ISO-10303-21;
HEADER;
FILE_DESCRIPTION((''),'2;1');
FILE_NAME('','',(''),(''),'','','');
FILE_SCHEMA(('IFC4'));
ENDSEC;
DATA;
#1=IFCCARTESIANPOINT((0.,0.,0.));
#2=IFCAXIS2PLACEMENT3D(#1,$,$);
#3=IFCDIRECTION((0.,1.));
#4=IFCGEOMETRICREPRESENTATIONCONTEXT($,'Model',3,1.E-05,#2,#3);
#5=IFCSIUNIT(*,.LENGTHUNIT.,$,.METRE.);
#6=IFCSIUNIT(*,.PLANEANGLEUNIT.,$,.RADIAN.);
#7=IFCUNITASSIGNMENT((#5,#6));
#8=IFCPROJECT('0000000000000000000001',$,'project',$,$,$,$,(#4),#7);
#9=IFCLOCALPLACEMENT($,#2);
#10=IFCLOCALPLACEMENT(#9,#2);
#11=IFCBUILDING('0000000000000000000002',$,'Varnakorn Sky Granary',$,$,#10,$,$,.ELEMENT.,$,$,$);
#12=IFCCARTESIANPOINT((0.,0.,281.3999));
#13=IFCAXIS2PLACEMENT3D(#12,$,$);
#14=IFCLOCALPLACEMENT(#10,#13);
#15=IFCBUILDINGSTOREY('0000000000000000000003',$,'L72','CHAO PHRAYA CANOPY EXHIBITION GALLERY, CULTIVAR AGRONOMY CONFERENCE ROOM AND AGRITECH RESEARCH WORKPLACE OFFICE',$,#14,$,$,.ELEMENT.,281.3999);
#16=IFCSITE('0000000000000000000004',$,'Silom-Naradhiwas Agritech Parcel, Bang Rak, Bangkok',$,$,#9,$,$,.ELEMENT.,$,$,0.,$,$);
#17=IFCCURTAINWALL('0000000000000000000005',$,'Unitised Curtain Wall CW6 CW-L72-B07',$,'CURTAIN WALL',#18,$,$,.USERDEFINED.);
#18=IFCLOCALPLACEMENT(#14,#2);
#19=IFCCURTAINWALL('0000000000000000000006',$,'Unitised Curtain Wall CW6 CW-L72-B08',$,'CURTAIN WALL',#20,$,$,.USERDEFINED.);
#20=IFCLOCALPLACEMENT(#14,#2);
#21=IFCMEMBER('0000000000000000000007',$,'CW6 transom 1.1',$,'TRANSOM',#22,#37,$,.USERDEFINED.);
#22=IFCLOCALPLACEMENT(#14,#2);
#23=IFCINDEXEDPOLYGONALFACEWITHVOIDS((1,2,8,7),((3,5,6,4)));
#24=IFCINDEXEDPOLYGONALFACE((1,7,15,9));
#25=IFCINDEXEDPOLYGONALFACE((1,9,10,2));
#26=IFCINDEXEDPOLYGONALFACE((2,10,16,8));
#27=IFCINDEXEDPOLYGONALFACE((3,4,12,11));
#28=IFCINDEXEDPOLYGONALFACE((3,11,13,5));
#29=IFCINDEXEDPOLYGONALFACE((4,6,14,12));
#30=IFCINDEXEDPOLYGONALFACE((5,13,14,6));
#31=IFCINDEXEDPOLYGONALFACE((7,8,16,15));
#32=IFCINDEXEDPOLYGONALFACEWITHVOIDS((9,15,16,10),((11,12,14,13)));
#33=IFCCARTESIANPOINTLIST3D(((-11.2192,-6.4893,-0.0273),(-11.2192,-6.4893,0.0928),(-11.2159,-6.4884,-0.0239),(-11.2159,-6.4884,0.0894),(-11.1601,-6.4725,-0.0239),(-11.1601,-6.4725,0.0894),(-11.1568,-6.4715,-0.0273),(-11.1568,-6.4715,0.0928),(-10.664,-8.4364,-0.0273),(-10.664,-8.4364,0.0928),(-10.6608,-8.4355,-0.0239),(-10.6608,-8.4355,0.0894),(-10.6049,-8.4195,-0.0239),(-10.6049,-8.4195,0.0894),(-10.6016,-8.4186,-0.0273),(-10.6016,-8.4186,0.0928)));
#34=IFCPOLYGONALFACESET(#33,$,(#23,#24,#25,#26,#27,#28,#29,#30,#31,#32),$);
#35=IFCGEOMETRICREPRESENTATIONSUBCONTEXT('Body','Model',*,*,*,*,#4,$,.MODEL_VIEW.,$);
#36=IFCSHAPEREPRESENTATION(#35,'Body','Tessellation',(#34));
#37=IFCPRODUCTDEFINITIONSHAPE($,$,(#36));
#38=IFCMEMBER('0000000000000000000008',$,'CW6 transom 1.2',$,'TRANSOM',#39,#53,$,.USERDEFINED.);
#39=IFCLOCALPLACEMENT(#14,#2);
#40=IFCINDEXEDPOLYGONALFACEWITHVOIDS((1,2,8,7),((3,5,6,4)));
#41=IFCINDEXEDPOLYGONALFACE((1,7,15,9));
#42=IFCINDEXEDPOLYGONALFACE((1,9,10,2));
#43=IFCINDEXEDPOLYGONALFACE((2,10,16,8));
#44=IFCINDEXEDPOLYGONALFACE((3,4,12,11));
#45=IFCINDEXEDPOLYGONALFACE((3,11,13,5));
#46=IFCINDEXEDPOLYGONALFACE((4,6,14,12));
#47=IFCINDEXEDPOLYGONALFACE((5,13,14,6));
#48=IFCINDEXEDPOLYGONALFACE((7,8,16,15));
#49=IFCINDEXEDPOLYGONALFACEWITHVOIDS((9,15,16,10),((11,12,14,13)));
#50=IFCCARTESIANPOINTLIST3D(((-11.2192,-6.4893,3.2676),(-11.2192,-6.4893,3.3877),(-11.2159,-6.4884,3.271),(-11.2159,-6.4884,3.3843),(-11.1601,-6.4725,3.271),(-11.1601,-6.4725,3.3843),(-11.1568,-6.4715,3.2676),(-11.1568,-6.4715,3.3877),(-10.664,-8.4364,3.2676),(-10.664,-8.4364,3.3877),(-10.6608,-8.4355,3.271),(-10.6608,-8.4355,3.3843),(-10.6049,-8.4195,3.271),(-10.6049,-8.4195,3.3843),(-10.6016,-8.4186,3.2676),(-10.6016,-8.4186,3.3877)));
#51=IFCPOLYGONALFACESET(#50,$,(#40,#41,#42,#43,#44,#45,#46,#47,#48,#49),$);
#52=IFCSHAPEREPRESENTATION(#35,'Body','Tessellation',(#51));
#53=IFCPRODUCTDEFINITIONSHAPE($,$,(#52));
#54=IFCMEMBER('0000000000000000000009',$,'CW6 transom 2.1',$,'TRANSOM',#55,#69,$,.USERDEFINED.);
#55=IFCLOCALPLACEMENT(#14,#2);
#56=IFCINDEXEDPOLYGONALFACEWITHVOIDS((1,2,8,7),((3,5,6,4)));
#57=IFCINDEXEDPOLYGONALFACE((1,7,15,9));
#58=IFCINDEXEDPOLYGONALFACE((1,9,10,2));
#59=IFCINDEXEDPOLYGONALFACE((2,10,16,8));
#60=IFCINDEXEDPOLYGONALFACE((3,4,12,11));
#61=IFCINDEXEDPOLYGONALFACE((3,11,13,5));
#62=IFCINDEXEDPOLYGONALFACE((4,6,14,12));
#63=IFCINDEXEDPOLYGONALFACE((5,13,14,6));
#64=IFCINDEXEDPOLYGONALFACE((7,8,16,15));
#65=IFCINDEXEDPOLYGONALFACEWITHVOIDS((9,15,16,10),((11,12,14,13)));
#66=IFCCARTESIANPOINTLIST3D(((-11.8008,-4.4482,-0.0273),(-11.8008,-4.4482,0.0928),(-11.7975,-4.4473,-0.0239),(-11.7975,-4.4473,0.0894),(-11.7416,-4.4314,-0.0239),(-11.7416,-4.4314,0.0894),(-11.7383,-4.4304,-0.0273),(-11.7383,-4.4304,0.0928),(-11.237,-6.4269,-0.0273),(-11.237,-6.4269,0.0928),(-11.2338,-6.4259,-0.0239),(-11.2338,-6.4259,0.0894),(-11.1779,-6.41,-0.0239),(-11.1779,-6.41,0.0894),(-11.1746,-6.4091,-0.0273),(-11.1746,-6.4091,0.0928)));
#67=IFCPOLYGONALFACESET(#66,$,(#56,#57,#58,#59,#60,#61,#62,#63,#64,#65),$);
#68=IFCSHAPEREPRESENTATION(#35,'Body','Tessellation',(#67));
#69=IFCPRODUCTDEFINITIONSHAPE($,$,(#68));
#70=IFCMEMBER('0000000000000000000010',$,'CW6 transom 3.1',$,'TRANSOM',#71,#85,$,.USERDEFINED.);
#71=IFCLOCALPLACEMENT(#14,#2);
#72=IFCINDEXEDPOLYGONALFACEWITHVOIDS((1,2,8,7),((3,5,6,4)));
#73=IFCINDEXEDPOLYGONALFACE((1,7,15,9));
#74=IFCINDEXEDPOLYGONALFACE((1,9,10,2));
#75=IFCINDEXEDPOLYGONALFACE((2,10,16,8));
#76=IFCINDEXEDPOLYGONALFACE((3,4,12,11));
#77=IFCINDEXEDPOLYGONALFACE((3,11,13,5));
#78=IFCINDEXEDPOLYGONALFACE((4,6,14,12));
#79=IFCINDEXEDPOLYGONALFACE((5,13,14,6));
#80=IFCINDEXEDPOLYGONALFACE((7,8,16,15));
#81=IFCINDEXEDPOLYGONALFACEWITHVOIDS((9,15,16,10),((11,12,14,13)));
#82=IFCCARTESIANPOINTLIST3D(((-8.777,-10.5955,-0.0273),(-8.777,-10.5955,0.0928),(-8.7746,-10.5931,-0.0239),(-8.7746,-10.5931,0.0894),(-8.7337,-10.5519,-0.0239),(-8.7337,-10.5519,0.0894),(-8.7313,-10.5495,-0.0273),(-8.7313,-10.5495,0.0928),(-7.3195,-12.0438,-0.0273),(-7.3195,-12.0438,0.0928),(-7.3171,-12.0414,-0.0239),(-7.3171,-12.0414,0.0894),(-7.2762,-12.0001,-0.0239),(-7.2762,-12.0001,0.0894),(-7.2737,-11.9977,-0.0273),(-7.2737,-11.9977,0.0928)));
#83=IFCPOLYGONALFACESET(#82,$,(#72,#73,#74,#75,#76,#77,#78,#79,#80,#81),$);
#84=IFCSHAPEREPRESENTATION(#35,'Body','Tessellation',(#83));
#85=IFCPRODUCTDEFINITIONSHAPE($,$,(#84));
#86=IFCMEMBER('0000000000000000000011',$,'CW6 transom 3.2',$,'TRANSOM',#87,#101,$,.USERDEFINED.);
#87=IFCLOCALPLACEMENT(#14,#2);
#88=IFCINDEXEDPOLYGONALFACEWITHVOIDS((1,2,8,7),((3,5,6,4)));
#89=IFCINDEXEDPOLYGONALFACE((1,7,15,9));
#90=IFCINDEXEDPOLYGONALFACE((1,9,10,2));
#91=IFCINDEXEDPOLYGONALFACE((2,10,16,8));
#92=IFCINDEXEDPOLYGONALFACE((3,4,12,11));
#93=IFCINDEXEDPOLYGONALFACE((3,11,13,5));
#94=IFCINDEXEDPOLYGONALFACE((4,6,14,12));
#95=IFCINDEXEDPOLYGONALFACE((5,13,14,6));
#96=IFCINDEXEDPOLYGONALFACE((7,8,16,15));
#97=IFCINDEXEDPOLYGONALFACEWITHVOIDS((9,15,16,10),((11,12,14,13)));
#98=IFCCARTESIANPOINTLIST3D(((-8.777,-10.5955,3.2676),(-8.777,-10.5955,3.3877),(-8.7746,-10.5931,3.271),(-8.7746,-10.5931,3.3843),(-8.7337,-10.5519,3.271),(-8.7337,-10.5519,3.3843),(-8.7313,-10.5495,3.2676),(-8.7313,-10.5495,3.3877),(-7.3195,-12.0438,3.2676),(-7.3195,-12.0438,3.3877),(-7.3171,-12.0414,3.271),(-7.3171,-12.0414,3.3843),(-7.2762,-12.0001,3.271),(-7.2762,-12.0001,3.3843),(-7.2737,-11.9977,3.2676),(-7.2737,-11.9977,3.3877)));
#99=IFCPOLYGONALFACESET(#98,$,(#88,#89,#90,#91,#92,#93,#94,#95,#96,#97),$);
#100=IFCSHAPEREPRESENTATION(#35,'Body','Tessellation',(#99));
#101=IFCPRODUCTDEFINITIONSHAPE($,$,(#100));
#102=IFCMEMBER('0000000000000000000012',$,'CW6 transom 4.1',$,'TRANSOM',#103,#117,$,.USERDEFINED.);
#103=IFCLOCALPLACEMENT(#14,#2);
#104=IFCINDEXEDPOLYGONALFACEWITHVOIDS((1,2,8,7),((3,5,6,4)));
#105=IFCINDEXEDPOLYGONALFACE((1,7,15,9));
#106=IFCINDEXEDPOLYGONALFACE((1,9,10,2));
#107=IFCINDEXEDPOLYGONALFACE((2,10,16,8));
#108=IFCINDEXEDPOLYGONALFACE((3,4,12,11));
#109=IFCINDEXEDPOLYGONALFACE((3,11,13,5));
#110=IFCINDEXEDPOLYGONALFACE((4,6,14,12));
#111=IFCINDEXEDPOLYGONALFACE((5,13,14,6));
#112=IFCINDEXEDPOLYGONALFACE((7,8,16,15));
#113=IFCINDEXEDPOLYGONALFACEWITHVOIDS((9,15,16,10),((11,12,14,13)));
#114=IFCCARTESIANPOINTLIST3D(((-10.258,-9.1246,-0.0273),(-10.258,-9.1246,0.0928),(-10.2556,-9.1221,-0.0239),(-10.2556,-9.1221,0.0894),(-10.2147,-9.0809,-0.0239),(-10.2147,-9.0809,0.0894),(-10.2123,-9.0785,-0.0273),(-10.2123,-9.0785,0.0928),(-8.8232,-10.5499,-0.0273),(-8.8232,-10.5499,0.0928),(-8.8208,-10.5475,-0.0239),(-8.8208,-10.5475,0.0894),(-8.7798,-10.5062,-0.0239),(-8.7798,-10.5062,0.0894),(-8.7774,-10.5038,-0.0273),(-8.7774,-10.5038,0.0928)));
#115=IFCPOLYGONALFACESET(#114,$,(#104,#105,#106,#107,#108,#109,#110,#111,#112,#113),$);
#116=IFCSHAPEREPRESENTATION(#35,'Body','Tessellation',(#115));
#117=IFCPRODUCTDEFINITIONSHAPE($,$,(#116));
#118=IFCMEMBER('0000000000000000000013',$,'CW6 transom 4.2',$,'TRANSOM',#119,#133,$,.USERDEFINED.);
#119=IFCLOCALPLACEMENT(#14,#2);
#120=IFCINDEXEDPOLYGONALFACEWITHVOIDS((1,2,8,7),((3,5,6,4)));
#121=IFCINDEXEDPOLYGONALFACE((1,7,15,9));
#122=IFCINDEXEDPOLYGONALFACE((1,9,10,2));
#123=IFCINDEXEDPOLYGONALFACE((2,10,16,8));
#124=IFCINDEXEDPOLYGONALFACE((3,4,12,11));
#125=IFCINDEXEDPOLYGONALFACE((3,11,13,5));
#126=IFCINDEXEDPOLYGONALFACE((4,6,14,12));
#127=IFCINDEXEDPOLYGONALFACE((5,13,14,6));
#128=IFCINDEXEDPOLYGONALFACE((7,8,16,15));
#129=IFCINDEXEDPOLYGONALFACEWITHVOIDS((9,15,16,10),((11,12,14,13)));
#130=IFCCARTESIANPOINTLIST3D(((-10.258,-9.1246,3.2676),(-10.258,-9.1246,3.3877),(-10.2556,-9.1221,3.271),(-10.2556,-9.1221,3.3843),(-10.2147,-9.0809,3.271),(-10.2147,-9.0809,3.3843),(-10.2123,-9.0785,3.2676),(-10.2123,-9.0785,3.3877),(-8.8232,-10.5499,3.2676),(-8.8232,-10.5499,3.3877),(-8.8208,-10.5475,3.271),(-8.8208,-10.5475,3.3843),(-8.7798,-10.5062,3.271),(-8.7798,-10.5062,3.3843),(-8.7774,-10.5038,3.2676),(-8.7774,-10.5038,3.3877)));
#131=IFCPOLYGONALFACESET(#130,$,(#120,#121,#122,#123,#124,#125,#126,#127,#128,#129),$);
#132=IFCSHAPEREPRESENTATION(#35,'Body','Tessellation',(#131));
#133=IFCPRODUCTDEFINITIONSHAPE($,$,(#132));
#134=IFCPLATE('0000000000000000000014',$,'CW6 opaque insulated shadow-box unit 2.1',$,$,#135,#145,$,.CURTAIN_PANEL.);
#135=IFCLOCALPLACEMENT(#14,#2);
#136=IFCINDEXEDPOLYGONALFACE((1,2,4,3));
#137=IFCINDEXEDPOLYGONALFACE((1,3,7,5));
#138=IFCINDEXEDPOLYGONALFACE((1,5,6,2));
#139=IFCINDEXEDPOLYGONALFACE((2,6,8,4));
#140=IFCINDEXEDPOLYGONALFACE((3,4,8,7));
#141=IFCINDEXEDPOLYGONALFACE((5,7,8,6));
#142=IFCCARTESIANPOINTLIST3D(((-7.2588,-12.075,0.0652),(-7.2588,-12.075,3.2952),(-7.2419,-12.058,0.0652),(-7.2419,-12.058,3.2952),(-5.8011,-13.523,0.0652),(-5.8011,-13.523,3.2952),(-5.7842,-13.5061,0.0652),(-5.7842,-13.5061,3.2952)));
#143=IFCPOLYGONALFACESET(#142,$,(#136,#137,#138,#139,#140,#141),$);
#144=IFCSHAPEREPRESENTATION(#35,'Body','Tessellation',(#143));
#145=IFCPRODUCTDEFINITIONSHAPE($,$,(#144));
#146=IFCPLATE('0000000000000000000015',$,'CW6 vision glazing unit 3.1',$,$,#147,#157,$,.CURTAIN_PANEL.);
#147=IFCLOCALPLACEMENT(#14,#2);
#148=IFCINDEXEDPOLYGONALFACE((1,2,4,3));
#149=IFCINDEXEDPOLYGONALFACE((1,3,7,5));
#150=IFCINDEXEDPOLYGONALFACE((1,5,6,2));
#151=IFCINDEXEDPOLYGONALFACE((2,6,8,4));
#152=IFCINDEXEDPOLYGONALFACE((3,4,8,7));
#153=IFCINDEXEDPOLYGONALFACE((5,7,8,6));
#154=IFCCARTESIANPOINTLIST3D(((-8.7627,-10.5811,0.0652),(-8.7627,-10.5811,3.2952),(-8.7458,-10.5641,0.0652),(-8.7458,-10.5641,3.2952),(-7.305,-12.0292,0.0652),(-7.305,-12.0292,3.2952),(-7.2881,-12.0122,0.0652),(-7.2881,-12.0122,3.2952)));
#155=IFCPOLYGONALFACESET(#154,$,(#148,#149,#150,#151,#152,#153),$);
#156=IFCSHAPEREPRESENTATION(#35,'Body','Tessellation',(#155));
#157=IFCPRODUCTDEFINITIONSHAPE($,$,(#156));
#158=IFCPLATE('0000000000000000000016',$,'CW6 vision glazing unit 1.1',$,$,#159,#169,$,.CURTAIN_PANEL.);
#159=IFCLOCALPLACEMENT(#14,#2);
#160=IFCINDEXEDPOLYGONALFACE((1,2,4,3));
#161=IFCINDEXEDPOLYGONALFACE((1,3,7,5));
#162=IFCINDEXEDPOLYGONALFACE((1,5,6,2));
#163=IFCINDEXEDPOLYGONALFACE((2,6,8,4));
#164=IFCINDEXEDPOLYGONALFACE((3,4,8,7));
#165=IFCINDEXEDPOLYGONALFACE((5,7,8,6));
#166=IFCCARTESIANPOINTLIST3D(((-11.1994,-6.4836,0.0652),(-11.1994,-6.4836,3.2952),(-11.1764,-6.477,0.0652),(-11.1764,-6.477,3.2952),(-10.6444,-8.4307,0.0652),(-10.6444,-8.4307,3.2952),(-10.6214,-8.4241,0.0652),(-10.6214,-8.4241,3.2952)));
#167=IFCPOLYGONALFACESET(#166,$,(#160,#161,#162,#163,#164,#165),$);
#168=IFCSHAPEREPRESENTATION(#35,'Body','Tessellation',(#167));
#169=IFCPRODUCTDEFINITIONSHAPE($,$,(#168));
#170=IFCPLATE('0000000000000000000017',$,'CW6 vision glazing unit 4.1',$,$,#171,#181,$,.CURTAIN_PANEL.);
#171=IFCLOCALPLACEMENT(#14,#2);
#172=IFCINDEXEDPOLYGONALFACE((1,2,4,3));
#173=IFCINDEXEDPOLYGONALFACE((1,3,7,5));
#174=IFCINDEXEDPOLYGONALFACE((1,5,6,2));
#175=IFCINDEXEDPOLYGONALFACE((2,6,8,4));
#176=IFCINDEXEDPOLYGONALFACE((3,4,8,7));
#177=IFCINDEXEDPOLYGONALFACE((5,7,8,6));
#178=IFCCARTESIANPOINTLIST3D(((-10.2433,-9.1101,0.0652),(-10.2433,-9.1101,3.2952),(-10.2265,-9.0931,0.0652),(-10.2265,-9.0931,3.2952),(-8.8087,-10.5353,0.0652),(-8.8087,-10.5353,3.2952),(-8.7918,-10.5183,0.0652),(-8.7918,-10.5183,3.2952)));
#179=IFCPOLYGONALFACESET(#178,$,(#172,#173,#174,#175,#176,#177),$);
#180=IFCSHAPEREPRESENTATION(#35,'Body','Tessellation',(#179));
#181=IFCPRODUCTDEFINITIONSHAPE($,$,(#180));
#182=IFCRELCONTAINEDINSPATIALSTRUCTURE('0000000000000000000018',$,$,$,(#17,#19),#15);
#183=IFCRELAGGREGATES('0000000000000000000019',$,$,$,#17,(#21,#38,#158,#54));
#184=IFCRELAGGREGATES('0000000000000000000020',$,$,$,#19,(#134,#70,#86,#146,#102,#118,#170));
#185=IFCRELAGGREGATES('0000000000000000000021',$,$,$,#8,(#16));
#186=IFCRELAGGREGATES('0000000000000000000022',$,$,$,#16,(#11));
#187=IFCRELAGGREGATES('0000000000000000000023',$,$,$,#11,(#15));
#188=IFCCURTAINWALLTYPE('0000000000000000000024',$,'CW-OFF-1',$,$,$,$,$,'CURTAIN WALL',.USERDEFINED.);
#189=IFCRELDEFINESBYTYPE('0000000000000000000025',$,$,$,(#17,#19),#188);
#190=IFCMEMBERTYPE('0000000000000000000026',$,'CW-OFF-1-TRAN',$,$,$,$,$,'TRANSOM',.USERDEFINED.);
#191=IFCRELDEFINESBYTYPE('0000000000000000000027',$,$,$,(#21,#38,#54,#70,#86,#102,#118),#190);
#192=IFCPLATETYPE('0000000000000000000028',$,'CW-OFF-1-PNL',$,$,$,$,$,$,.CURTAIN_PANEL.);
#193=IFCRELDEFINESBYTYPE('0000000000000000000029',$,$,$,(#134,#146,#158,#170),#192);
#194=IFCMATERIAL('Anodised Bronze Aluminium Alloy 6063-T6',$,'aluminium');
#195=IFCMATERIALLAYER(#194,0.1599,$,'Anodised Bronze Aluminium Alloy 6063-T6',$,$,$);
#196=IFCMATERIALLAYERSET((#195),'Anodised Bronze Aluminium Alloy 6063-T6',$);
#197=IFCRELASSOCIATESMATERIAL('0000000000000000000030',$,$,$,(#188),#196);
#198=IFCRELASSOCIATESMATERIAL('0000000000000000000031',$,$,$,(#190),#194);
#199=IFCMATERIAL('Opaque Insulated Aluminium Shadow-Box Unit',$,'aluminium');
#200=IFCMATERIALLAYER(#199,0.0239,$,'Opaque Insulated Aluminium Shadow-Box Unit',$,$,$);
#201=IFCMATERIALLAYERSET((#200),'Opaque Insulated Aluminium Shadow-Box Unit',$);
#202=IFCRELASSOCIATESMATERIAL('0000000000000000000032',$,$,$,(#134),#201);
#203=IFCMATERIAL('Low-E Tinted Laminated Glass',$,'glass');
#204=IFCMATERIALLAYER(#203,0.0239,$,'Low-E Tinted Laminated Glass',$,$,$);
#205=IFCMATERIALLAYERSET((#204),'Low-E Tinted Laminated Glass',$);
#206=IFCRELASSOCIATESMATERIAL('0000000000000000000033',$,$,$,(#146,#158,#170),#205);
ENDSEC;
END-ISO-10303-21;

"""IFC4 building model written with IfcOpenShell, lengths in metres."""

from ifc_helpers import new_model, si_unit, direction, frame, origin, origin_2d, place, context, subcontext, project, spatial, rectangle, hollow_rectangle, extrude, source, transform, mapped, material, layer, layer_set, material_profile, profile_set, type_object, type_shapes, element, aggregate, save


model = new_model("IFC4")

# Units and contexts
model_context = context("Model", 3, precision=1e-05, world=origin(), true_north=direction((0.0, 1.0)))
body_context = subcontext(model_context, "Body", "Model", "MODEL_VIEW")
ifc_project = project(units=[si_unit("LENGTHUNIT", "METRE"), si_unit("PLANEANGLEUNIT", "RADIAN")], contexts=[model_context])

# Site, building, storey
site_placement = place(None, origin())
site = spatial("IfcSite", under=ifc_project, at=site_placement, Name="Silom-Naradhiwas Agritech Parcel, Bang Rak, Bangkok", CompositionType="ELEMENT", RefElevation=0.0)
building_placement = place(site_placement, origin())
building = spatial("IfcBuilding", under=site, at=building_placement, Name="Varnakorn Sky Granary", CompositionType="ELEMENT")
storey_placement = place(building_placement, frame((0.0, 0.0, 281.3999)))
storey = spatial("IfcBuildingStorey", under=building, at=storey_placement, Name="L72", Description="CHAO PHRAYA CANOPY EXHIBITION GALLERY, CULTIVAR AGRONOMY CONFERENCE ROOM AND AGRITECH RESEARCH WORKPLACE OFFICE", CompositionType="ELEMENT", Elevation=281.3999)

# Curtain walls
ifc_material_1 = material(Name="Anodised Bronze Aluminium Alloy 6063-T6", Category="aluminium")
ifc_layer_1 = layer(ifc_material_1, 0.1599, Name="Anodised Bronze Aluminium Alloy 6063-T6")
ifc_layer_set_1 = layer_set([ifc_layer_1], Name="Anodised Bronze Aluminium Alloy 6063-T6")
curtain_wall_type = type_object("IfcCurtainWallType", Name="CW-OFF-1", ElementType="CURTAIN WALL", PredefinedType="USERDEFINED", material=ifc_layer_set_1)
curtain_wall_1_placement = place(storey_placement, origin())
curtain_wall_1 = element("IfcCurtainWall", 1, at=curtain_wall_1_placement, inside=storey, type_object=curtain_wall_type, Name="Unitised Curtain Wall CW6 CW-L72-B07", ObjectType="CURTAIN WALL", PredefinedType="USERDEFINED")
curtain_wall_2_placement = place(storey_placement, origin())
curtain_wall_2 = element("IfcCurtainWall", 2, at=curtain_wall_2_placement, inside=storey, type_object=curtain_wall_type, Name="Unitised Curtain Wall CW6 CW-L72-B08", ObjectType="CURTAIN WALL", PredefinedType="USERDEFINED")

# Members
ifc_material_profile_1 = material_profile(ifc_material_1, hollow_rectangle(XDim=0.0649, YDim=0.1201, WallThickness=0.0034, at=origin_2d()), Name="ALU TRAN 65x120")
ifc_profile_set_1 = profile_set([ifc_material_profile_1], Name="Anodised Bronze Aluminium Alloy 6063-T6")
member_type_1 = type_object("IfcMemberType", Name="CW-OFF-1-TRAN", ElementType="TRANSOM", PredefinedType="USERDEFINED", material=ifc_profile_set_1)
member_1_placement = place(storey_placement, frame((-10.6328, -8.4275, 0.0327), z_axis=(-0.274211, 0.961669, 0.0), x_axis=(-0.961669, -0.274211, 0.0)))
member_1 = element("IfcMember", 3, at=member_1_placement, type_object=member_type_1, Name="CW6 transom 1.1", ObjectType="TRANSOM", PredefinedType="USERDEFINED", context=body_context, shape_type="SweptSolid", body=[
    extrude(hollow_rectangle(XDim=0.0649, YDim=0.1201, WallThickness=0.0034, at=origin_2d()), origin(), (0.0, 0.0, 1.0), 2.0247),
])
member_2_placement = place(storey_placement, frame((-10.6328, -8.4275, 3.3276), z_axis=(-0.274211, 0.961669, 0.0), x_axis=(-0.961669, -0.274211, 0.0)))
member_2 = element("IfcMember", 4, at=member_2_placement, type_object=member_type_1, Name="CW6 transom 1.2", ObjectType="TRANSOM", PredefinedType="USERDEFINED", context=body_context, shape_type="SweptSolid", body=[
    extrude(hollow_rectangle(XDim=0.0649, YDim=0.1201, WallThickness=0.0034, at=origin_2d()), origin(), (0.0, 0.0, 1.0), 2.0247),
])
member_3_placement = place(storey_placement, frame((-11.2058, -6.418, 0.0327), z_axis=(-0.274016, 0.961725, 0.0), x_axis=(-0.961725, -0.274016, 0.0)))
member_3 = element("IfcMember", 5, at=member_3_placement, type_object=member_type_1, Name="CW6 transom 2.1", ObjectType="TRANSOM", PredefinedType="USERDEFINED", context=body_context, shape_type="SweptSolid", body=[
    extrude(hollow_rectangle(XDim=0.0649, YDim=0.1201, WallThickness=0.0034, at=origin_2d()), origin(), (0.0, 0.0, 1.0), 2.0574),
])
member_4_placement = place(storey_placement, frame((-7.2966, -12.0208, 0.0327), z_axis=(-0.709361, 0.704846, 0.0), x_axis=(-0.704846, -0.709361, 0.0)))
member_4 = element("IfcMember", 6, at=member_4_placement, type_object=member_type_1, Name="CW6 transom 3.1", ObjectType="TRANSOM", PredefinedType="USERDEFINED", context=body_context, shape_type="SweptSolid", body=[
    extrude(hollow_rectangle(XDim=0.0649, YDim=0.1201, WallThickness=0.0034, at=origin_2d()), origin(), (0.0, 0.0, 1.0), 2.0547),
])
member_5_placement = place(storey_placement, frame((-7.2966, -12.0208, 3.3276), z_axis=(-0.709361, 0.704846, 0.0), x_axis=(-0.704846, -0.709361, 0.0)))
member_5 = element("IfcMember", 7, at=member_5_placement, type_object=member_type_1, Name="CW6 transom 3.2", ObjectType="TRANSOM", PredefinedType="USERDEFINED", context=body_context, shape_type="SweptSolid", body=[
    extrude(hollow_rectangle(XDim=0.0649, YDim=0.1201, WallThickness=0.0034, at=origin_2d()), origin(), (0.0, 0.0, 1.0), 2.0547),
])
member_6_placement = place(storey_placement, frame((-8.8003, -10.5269, 0.0327), z_axis=(-0.709457, 0.704749, 0.0), x_axis=(-0.704749, -0.709457, 0.0)))
member_6 = element("IfcMember", 8, at=member_6_placement, type_object=member_type_1, Name="CW6 transom 4.1", ObjectType="TRANSOM", PredefinedType="USERDEFINED", context=body_context, shape_type="SweptSolid", body=[
    extrude(hollow_rectangle(XDim=0.0649, YDim=0.1201, WallThickness=0.0034, at=origin_2d()), origin(), (0.0, 0.0, 1.0), 2.0225),
])
member_7_placement = place(storey_placement, frame((-8.8003, -10.5269, 3.3276), z_axis=(-0.709457, 0.704749, 0.0), x_axis=(-0.704749, -0.709457, 0.0)))
member_7 = element("IfcMember", 9, at=member_7_placement, type_object=member_type_1, Name="CW6 transom 4.2", ObjectType="TRANSOM", PredefinedType="USERDEFINED", context=body_context, shape_type="SweptSolid", body=[
    extrude(hollow_rectangle(XDim=0.0649, YDim=0.1201, WallThickness=0.0034, at=origin_2d()), origin(), (0.0, 0.0, 1.0), 2.0225),
])

# Plates
ifc_material_2 = material(Name="Opaque Insulated Aluminium Shadow-Box Unit", Category="aluminium")
ifc_layer_2 = layer(ifc_material_2, 0.0239, Name="Opaque Insulated Aluminium Shadow-Box Unit")
ifc_layer_set_2 = layer_set([ifc_layer_2], Name="Opaque Insulated Aluminium Shadow-Box Unit")
plate_type = type_object("IfcPlateType", Name="CW-OFF-1-PNL", PredefinedType="CURTAIN_PANEL")
shared_shape_1 = source(origin(), body_context, "Body", "SweptSolid", [
    extrude(rectangle(XDim=2.0547, YDim=0.0239, at=origin_2d()), origin(), (0.0, 0.0, 1.0), 3.23),
])
plate_1_placement = place(storey_placement, frame((-6.5215, -12.7905, 0.0652), z_axis=(0.0, 0.0, 1.0), x_axis=(-0.709444, 0.704762, 0.0)))
plate_1 = element("IfcPlate", 10, at=plate_1_placement, type_object=plate_type, material=ifc_layer_set_2, Name="CW6 opaque insulated shadow-box unit 2.1", PredefinedType="CURTAIN_PANEL", context=body_context, shape_type="MappedRepresentation", body=[
    mapped(shared_shape_1, transform((0.0, 0.0, 0.0), x_axis=(1.0, 0.0, 0.0), y_axis=(0.0, 1.0, 0.0), z_axis=(0.0, 0.0, 1.0), scale=1.0)),
])
ifc_material_3 = material(Name="Low-E Tinted Laminated Glass", Category="glass")
ifc_layer_3 = layer(ifc_material_3, 0.0239, Name="Low-E Tinted Laminated Glass")
ifc_layer_set_3 = layer_set([ifc_layer_3], Name="Low-E Tinted Laminated Glass")
plate_2_placement = place(storey_placement, frame((-8.0254, -11.2966, 0.0652), z_axis=(0.0, 0.0, 1.0), x_axis=(-0.709444, 0.704762, 0.0)))
plate_2 = element("IfcPlate", 11, at=plate_2_placement, type_object=plate_type, material=ifc_layer_set_3, Name="CW6 vision glazing unit 3.1", PredefinedType="CURTAIN_PANEL", context=body_context, shape_type="MappedRepresentation", body=[
    mapped(shared_shape_1, transform((0.0, 0.0, 0.0), x_axis=(1.0, 0.0, 0.0), y_axis=(0.0, 1.0, 0.0), z_axis=(0.0, 0.0, 1.0), scale=1.0)),
])
shared_shape_2 = source(origin(), body_context, "Body", "SweptSolid", [
    extrude(rectangle(XDim=2.0247, YDim=0.0239, at=origin_2d()), origin(), (0.0, 0.0, 1.0), 3.23),
])
plate_3_placement = place(storey_placement, frame((-10.9104, -7.4539, 0.0652), z_axis=(0.0, 0.0, 1.0), x_axis=(-0.274108, 0.961699, 0.0)))
plate_3 = element("IfcPlate", 12, at=plate_3_placement, type_object=plate_type, material=ifc_layer_set_3, Name="CW6 vision glazing unit 1.1", PredefinedType="CURTAIN_PANEL", context=body_context, shape_type="MappedRepresentation", body=[
    mapped(shared_shape_2, transform((0.0, 0.0, 0.0), x_axis=(1.0, 0.0, 0.0), y_axis=(0.0, 1.0, 0.0), z_axis=(0.0, 0.0, 1.0), scale=1.0)),
])
aggregate(curtain_wall_1, [member_1, member_2, plate_3, member_3])
shared_shape_3 = source(origin(), body_context, "Body", "SweptSolid", [
    extrude(rectangle(XDim=2.0222, YDim=0.0239, at=origin_2d()), origin(), (0.0, 0.0, 1.0), 3.23),
])
type_shapes(plate_type, [shared_shape_1, shared_shape_2, shared_shape_3])
plate_4_placement = place(storey_placement, frame((-9.5176, -9.8142, 0.0652), z_axis=(0.0, 0.0, 1.0), x_axis=(-0.709444, 0.704762, 0.0)))
plate_4 = element("IfcPlate", 13, at=plate_4_placement, type_object=plate_type, material=ifc_layer_set_3, Name="CW6 vision glazing unit 4.1", PredefinedType="CURTAIN_PANEL", context=body_context, shape_type="MappedRepresentation", body=[
    mapped(shared_shape_3, transform((0.0, 0.0, 0.0), x_axis=(1.0, 0.0, 0.0), y_axis=(0.0, 1.0, 0.0), z_axis=(0.0, 0.0, 1.0), scale=1.0)),
])
aggregate(curtain_wall_2, [plate_1, member_4, member_5, plate_2, member_6, member_7, plate_4])

save(model, "model.ifc")
